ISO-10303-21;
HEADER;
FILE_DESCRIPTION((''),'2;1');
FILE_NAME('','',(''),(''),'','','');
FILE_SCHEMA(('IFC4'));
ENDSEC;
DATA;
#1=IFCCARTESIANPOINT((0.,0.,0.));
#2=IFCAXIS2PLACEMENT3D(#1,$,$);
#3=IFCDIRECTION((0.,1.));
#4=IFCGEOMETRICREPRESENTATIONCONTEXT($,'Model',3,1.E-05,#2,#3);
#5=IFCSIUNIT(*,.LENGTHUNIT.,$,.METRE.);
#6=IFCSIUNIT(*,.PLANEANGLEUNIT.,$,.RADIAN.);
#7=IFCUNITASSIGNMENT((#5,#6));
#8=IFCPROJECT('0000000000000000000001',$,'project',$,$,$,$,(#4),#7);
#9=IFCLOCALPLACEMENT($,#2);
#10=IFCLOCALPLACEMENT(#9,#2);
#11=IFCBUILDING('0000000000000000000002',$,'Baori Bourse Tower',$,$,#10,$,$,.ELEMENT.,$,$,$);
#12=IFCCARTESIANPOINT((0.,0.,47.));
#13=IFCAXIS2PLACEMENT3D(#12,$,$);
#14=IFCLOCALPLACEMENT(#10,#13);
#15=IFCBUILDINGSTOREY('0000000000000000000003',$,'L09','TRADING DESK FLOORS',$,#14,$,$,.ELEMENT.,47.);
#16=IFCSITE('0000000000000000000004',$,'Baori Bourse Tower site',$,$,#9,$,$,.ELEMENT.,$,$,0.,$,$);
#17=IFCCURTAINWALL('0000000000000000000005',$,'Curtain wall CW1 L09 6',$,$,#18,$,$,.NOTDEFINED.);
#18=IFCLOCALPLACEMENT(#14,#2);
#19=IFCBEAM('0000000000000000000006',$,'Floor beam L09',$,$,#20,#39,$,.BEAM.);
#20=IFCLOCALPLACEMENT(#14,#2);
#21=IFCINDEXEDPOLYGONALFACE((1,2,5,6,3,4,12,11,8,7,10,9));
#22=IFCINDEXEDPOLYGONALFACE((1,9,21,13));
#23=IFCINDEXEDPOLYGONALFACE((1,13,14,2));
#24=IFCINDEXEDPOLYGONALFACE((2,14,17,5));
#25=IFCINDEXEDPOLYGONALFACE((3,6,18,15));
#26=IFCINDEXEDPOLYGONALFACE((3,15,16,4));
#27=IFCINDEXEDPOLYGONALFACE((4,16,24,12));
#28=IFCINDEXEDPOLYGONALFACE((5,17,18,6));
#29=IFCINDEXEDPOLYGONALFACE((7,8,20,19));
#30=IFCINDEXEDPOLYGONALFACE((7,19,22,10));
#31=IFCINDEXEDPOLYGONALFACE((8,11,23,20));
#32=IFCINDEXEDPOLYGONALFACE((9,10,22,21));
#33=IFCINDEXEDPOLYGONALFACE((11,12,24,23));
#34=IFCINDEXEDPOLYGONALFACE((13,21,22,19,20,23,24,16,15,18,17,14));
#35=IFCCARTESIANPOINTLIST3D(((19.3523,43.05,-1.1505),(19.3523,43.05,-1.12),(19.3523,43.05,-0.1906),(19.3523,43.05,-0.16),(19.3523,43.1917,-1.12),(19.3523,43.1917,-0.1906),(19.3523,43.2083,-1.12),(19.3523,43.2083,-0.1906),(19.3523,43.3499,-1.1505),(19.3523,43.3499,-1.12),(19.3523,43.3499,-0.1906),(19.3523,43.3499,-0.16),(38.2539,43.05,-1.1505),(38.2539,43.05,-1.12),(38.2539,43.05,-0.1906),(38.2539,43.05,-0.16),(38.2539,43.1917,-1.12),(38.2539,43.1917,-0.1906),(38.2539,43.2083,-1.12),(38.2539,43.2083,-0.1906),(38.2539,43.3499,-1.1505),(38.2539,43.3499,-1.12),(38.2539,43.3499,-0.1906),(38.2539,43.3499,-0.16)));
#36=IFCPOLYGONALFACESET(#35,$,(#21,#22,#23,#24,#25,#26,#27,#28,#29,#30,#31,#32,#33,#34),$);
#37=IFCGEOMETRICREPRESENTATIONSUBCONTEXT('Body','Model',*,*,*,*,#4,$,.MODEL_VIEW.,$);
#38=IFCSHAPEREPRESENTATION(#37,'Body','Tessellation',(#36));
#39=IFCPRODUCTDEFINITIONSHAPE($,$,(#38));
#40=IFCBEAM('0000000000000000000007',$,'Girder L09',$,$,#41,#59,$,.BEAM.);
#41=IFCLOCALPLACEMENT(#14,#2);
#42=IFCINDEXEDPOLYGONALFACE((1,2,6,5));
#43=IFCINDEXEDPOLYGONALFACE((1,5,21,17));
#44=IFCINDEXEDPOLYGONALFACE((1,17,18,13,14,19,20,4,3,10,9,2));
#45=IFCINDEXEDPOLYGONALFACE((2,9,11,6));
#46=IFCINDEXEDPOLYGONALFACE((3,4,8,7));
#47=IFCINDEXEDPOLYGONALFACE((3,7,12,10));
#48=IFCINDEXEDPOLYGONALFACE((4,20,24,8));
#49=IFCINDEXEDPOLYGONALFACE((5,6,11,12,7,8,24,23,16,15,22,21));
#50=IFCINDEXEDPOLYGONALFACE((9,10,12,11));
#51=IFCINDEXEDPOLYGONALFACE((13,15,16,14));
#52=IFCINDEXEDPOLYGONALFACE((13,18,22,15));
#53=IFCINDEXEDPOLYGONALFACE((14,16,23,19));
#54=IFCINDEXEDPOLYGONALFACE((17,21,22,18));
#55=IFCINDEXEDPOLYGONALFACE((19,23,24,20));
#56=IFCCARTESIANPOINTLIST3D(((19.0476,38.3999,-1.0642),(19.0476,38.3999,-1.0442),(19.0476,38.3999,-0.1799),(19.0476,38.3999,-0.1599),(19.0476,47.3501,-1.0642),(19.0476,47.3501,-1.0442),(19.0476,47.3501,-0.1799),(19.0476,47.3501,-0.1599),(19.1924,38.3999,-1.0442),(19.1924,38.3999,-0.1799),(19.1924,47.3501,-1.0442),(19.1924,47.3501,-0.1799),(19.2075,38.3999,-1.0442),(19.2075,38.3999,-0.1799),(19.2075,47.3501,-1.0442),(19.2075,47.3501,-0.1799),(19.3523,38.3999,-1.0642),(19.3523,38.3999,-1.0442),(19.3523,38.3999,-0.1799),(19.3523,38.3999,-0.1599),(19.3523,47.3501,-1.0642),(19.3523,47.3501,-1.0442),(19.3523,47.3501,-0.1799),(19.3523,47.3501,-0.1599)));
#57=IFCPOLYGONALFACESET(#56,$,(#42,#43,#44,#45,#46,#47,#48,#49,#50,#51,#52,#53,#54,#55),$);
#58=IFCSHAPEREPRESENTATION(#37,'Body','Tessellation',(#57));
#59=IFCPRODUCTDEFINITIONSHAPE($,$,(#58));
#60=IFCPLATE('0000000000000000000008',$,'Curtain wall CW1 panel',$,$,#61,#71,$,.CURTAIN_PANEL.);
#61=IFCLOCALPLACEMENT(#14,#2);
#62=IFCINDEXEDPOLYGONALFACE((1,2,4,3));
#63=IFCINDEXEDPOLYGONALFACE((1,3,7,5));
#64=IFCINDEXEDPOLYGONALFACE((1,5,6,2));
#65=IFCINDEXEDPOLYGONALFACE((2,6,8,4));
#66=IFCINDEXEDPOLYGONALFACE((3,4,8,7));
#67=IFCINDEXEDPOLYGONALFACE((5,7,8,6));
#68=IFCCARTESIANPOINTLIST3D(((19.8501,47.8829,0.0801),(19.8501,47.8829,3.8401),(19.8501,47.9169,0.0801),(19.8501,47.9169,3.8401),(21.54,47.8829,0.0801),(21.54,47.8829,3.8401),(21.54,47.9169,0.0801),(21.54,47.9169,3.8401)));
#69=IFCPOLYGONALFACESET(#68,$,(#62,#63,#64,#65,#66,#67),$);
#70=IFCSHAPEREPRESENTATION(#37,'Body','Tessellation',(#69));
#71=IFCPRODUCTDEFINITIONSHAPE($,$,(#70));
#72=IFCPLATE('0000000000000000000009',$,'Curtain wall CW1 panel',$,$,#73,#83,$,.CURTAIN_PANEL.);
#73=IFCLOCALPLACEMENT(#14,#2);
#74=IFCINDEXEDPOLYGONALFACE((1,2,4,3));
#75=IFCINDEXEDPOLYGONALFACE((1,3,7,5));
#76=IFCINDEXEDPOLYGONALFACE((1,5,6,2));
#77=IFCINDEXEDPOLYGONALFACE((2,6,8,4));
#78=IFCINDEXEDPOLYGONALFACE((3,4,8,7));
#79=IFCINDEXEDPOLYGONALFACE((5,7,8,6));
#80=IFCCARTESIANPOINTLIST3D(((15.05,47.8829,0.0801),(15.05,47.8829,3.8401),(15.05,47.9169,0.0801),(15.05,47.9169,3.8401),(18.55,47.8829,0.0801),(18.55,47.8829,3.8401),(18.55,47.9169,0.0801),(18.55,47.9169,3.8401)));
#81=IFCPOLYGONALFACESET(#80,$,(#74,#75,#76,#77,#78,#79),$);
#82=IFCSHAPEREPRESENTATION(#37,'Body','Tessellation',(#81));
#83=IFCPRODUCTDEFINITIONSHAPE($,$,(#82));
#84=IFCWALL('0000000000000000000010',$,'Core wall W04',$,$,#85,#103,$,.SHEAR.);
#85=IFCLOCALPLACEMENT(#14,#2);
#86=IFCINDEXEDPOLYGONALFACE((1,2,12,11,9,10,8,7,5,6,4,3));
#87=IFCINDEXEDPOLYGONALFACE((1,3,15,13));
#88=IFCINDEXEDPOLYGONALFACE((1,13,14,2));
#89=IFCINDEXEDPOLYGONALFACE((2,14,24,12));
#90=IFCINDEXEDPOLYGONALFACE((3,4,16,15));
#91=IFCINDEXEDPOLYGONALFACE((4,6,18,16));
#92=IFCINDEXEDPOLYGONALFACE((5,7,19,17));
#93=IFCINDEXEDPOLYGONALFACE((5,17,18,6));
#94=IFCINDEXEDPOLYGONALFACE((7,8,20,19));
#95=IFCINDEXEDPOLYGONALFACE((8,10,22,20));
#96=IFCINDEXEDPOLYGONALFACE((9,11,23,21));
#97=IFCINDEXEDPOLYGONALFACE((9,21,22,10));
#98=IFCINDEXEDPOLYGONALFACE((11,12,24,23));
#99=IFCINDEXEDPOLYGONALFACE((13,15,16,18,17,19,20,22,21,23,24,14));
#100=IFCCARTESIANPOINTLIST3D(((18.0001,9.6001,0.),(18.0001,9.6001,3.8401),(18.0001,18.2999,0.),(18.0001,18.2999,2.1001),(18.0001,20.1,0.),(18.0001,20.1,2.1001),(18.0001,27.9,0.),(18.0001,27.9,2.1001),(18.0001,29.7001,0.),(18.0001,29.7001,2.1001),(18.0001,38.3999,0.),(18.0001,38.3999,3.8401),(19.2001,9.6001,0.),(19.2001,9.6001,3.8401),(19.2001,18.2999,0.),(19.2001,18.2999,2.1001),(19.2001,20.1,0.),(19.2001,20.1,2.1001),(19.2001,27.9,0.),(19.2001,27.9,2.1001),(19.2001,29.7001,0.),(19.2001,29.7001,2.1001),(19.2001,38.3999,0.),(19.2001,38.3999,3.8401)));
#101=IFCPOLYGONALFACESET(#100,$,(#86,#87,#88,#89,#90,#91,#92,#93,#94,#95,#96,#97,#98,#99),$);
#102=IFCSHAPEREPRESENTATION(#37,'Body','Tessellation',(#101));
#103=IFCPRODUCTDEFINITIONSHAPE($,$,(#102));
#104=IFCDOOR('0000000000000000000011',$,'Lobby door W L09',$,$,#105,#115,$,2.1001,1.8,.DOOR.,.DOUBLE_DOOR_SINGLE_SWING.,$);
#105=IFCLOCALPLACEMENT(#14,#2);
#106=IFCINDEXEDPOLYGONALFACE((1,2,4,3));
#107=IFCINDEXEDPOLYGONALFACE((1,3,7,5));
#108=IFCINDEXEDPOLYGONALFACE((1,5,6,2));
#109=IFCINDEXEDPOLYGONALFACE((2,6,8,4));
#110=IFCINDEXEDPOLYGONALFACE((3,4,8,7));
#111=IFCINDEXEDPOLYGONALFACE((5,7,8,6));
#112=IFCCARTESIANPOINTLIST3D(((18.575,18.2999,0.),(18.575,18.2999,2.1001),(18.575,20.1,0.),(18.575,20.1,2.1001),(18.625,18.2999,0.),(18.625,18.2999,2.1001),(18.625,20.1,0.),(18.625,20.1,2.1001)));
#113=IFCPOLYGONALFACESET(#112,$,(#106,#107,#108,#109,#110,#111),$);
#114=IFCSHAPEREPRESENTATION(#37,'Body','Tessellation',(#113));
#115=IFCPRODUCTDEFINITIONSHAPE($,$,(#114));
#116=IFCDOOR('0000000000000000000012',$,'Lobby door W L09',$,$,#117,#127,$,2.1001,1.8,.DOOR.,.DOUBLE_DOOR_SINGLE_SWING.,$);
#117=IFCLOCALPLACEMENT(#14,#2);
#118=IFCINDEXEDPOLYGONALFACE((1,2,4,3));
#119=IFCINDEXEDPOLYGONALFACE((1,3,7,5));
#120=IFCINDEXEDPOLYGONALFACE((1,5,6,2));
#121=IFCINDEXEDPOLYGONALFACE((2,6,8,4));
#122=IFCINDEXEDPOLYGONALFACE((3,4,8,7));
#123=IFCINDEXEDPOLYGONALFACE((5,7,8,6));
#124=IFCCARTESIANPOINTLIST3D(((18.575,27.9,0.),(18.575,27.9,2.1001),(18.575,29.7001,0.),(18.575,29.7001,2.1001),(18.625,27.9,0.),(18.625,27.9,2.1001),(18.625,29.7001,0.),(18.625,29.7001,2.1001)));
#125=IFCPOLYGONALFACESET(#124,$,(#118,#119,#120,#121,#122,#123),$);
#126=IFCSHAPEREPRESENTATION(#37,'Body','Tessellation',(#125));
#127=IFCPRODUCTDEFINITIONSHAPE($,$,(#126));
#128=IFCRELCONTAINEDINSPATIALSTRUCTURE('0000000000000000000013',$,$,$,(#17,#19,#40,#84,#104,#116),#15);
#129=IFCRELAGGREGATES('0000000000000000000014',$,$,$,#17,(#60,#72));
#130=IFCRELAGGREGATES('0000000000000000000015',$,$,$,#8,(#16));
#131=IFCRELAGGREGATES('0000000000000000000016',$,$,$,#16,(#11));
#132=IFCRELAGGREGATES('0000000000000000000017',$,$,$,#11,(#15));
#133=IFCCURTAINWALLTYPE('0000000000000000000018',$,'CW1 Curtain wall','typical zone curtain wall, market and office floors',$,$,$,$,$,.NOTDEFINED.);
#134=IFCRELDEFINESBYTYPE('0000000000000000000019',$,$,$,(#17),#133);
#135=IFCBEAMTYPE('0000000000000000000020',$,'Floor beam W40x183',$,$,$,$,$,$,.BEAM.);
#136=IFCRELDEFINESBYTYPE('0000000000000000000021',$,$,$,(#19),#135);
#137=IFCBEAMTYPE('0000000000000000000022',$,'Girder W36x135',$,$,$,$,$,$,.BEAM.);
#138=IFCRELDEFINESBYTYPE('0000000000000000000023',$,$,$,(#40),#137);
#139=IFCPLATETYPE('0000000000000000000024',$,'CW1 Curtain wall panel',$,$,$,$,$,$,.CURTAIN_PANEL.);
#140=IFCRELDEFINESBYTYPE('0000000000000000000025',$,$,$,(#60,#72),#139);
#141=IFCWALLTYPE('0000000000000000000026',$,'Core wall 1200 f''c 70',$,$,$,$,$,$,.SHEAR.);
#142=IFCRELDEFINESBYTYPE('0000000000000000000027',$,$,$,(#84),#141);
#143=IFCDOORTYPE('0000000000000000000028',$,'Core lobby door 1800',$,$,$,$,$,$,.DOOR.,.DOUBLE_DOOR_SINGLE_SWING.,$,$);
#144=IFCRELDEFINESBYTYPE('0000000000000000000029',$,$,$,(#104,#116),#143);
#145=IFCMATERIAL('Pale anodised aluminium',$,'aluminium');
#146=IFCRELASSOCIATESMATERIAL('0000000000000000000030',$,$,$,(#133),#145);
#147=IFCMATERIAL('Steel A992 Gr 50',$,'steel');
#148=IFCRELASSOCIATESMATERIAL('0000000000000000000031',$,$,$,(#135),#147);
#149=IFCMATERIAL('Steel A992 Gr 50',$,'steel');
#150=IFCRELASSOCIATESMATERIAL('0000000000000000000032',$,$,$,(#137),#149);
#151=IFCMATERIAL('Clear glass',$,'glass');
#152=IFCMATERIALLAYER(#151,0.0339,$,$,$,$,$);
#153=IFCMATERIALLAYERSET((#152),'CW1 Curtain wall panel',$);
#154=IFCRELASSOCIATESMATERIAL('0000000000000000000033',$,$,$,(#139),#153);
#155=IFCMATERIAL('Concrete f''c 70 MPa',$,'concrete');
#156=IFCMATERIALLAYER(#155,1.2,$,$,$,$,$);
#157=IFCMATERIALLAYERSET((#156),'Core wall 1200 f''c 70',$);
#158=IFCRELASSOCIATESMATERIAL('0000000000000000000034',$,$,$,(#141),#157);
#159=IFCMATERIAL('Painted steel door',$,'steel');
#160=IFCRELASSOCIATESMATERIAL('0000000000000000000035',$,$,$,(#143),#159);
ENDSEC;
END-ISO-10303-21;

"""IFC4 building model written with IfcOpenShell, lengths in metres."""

from ifc_helpers import new_model, si_unit, direction, frame, frame_2d, origin, origin_2d, place, context, subcontext, project, spatial, rectangle, i_section, extrude, material, layer, layer_set, material_profile, profile_set, type_object, element, fill, aggregate, save


model = new_model("IFC4")

# Units and contexts
model_context = context("Model", 3, precision=1e-05, world=origin(), true_north=direction((0.0, 1.0)))
body_context = subcontext(model_context, "Body", "Model", "MODEL_VIEW")
ifc_project = project(units=[si_unit("LENGTHUNIT", "METRE"), si_unit("PLANEANGLEUNIT", "RADIAN")], contexts=[model_context])

# Site, building, storey
site_placement = place(None, origin())
site = spatial("IfcSite", under=ifc_project, at=site_placement, Name="Baori Bourse Tower site", CompositionType="ELEMENT", RefElevation=0.0)
building_placement = place(site_placement, origin())
building = spatial("IfcBuilding", under=site, at=building_placement, Name="Baori Bourse Tower", CompositionType="ELEMENT")
storey_placement = place(building_placement, frame((0.0, 0.0, 47.0)))
storey = spatial("IfcBuildingStorey", under=building, at=storey_placement, Name="L09", Description="TRADING DESK FLOORS", CompositionType="ELEMENT", Elevation=47.0)

# Curtain wall
ifc_material_1 = material(Name="Pale anodised aluminium", Category="aluminium")
curtain_wall_type = type_object("IfcCurtainWallType", Name="CW1 Curtain wall", Description="typical zone curtain wall, market and office floors", PredefinedType="NOTDEFINED", material=ifc_material_1)
curtain_wall_placement = place(storey_placement, origin())
curtain_wall = element("IfcCurtainWall", 1, at=curtain_wall_placement, inside=storey, type_object=curtain_wall_type, Name="Curtain wall CW1 L09 6", PredefinedType="NOTDEFINED")

# Beams
ifc_material_2 = material(Name="Steel A992 Gr 50", Category="steel")
ifc_material_profile_1 = material_profile(ifc_material_2, i_section(OverallWidth=0.2998, OverallDepth=0.9905, WebThickness=0.0166, FlangeThickness=0.0305, at=origin_2d()), Name="W40x183")
ifc_profile_set_1 = profile_set([ifc_material_profile_1], Name="Steel A992 Gr 50")
beam_type_1 = type_object("IfcBeamType", Name="Floor beam W40x183", PredefinedType="BEAM", material=ifc_profile_set_1)
beam_1_placement = place(storey_placement, frame((19.3523, 43.2, -0.6553), z_axis=(1.0, 0.0, 0.0), x_axis=(0.0, 1.0, 0.0)))
element("IfcBeam", 2, at=beam_1_placement, inside=storey, type_object=beam_type_1, Name="Floor beam L09", PredefinedType="BEAM", context=body_context, shape_type="SweptSolid", body=[
    extrude(i_section(OverallWidth=0.2998, OverallDepth=0.9905, WebThickness=0.0166, FlangeThickness=0.0305, at=origin_2d()), origin(), (0.0, 0.0, 1.0), 18.9016),
])
ifc_material_3 = material(Name="Steel A992 Gr 50", Category="steel")
ifc_material_profile_2 = material_profile(ifc_material_3, i_section(OverallWidth=0.3047, OverallDepth=0.9043, WebThickness=0.0151, FlangeThickness=0.02, at=origin_2d()), Name="W36x135")
ifc_profile_set_2 = profile_set([ifc_material_profile_2], Name="Steel A992 Gr 50")
beam_type_2 = type_object("IfcBeamType", Name="Girder W36x135", PredefinedType="BEAM", material=ifc_profile_set_2)
beam_2_placement = place(storey_placement, frame((19.2, 38.3999, -0.6121), z_axis=(0.0, 1.0, 0.0), x_axis=(-1.0, 0.0, 0.0)))
element("IfcBeam", 3, at=beam_2_placement, inside=storey, type_object=beam_type_2, Name="Girder L09", PredefinedType="BEAM", context=body_context, shape_type="SweptSolid", body=[
    extrude(i_section(OverallWidth=0.3047, OverallDepth=0.9043, WebThickness=0.0151, FlangeThickness=0.02, at=origin_2d()), origin(), (0.0, 0.0, 1.0), 8.9502),
])

# Plates
ifc_material_4 = material(Name="Clear glass", Category="glass")
ifc_layer_1 = layer(ifc_material_4, 0.0339)
ifc_layer_set_1 = layer_set([ifc_layer_1], Name="CW1 Curtain wall panel")
plate_type = type_object("IfcPlateType", Name="CW1 Curtain wall panel", PredefinedType="CURTAIN_PANEL", material=ifc_layer_set_1)
plate_1_placement = place(storey_placement, frame((20.6951, 47.8999, 0.0801), z_axis=(0.0, 0.0, 1.0), x_axis=(-1.0, 0.0, 0.0)))
plate_1 = element("IfcPlate", 4, at=plate_1_placement, type_object=plate_type, Name="Curtain wall CW1 panel", PredefinedType="CURTAIN_PANEL", context=body_context, shape_type="SweptSolid", body=[
    extrude(rectangle(XDim=1.6899, YDim=0.0339, at=origin_2d()), origin(), (0.0, 0.0, 1.0), 3.76),
])
plate_2_placement = place(storey_placement, frame((16.8, 47.8999, 0.0801), z_axis=(0.0, 0.0, 1.0), x_axis=(-1.0, 0.0, 0.0)))
plate_2 = element("IfcPlate", 5, at=plate_2_placement, type_object=plate_type, Name="Curtain wall CW1 panel", PredefinedType="CURTAIN_PANEL", context=body_context, shape_type="SweptSolid", body=[
    extrude(rectangle(XDim=3.5, YDim=0.0339, at=origin_2d()), origin(), (0.0, 0.0, 1.0), 3.76),
])
aggregate(curtain_wall, [plate_1, plate_2])

# Wall, openings, doors
ifc_material_5 = material(Name="Concrete f'c 70 MPa", Category="concrete")
ifc_layer_2 = layer(ifc_material_5, 1.2)
ifc_layer_set_2 = layer_set([ifc_layer_2], Name="Core wall 1200 f'c 70")
wall_type_1 = type_object("IfcWallType", Name="Core wall 1200 f'c 70", PredefinedType="SHEAR", material=ifc_layer_set_2)
wall_1_placement = place(storey_placement, frame((18.6001, 38.3999, 0.0), z_axis=(0.0, 0.0, 1.0), x_axis=(0.0, -1.0, 0.0)))
wall_1 = element("IfcWall", 6, at=wall_1_placement, inside=storey, type_object=wall_type_1, Name="Core wall W04", PredefinedType="SHEAR", context=body_context, shape_type="SweptSolid", body=[
    extrude(rectangle(XDim=28.7998, YDim=1.2, at=frame_2d((14.3999, 0.0))), origin(), (0.0, 0.0, 1.0), 3.8401),
])
opening_1_placement = place(wall_1_placement, frame((18.3, 0.0, 0.0)))
opening_1 = element("IfcOpeningElement", 7, at=opening_1_placement, cuts=wall_1, PredefinedType="OPENING", context=body_context, shape_type="SweptSolid", body=[
    extrude(rectangle(XDim=1.8, YDim=2.1001, at=frame_2d((0.8999, 1.05))), frame((0.0, 0.6099, 0.0), z_axis=(0.0, -1.0, 0.0), x_axis=(1.0, 0.0, 0.0)), (0.0, 0.0, 1.0), 1.22),
])
opening_2_placement = place(wall_1_placement, frame((8.7, 0.0, 0.0)))
opening_2 = element("IfcOpeningElement", 8, at=opening_2_placement, cuts=wall_1, PredefinedType="OPENING", context=body_context, shape_type="SweptSolid", body=[
    extrude(rectangle(XDim=1.8, YDim=2.1001, at=frame_2d((0.8999, 1.05))), frame((0.0, 0.6099, 0.0), z_axis=(0.0, -1.0, 0.0), x_axis=(1.0, 0.0, 0.0)), (0.0, 0.0, 1.0), 1.22),
])
ifc_material_6 = material(Name="Painted steel door", Category="steel")
door_type_1 = type_object("IfcDoorType", Name="Core lobby door 1800", OperationType="DOUBLE_DOOR_SINGLE_SWING", PredefinedType="DOOR", material=ifc_material_6)
door_1_placement = place(opening_1_placement, origin())
door_1 = element("IfcDoor", 9, at=door_1_placement, inside=storey, type_object=door_type_1, Name="Lobby door W L09", OperationType="DOUBLE_DOOR_SINGLE_SWING", OverallHeight=2.1001, OverallWidth=1.8, PredefinedType="DOOR", context=body_context, shape_type="SweptSolid", body=[
    extrude(rectangle(XDim=1.8, YDim=2.1001, at=frame_2d((0.8999, 1.05))), frame((0.0, 0.0249, 0.0), z_axis=(0.0, -1.0, 0.0), x_axis=(1.0, 0.0, 0.0)), (0.0, 0.0, 1.0), 0.05),
])
fill(opening_1, door_1)
door_2_placement = place(opening_2_placement, origin())
door_2 = element("IfcDoor", 10, at=door_2_placement, inside=storey, type_object=door_type_1, Name="Lobby door W L09", OperationType="DOUBLE_DOOR_SINGLE_SWING", OverallHeight=2.1001, OverallWidth=1.8, PredefinedType="DOOR", context=body_context, shape_type="SweptSolid", body=[
    extrude(rectangle(XDim=1.8, YDim=2.1001, at=frame_2d((0.8999, 1.05))), frame((0.0, 0.0249, 0.0), z_axis=(0.0, -1.0, 0.0), x_axis=(1.0, 0.0, 0.0)), (0.0, 0.0, 1.0), 0.05),
])
fill(opening_2, door_2)

save(model, "model.ifc")
